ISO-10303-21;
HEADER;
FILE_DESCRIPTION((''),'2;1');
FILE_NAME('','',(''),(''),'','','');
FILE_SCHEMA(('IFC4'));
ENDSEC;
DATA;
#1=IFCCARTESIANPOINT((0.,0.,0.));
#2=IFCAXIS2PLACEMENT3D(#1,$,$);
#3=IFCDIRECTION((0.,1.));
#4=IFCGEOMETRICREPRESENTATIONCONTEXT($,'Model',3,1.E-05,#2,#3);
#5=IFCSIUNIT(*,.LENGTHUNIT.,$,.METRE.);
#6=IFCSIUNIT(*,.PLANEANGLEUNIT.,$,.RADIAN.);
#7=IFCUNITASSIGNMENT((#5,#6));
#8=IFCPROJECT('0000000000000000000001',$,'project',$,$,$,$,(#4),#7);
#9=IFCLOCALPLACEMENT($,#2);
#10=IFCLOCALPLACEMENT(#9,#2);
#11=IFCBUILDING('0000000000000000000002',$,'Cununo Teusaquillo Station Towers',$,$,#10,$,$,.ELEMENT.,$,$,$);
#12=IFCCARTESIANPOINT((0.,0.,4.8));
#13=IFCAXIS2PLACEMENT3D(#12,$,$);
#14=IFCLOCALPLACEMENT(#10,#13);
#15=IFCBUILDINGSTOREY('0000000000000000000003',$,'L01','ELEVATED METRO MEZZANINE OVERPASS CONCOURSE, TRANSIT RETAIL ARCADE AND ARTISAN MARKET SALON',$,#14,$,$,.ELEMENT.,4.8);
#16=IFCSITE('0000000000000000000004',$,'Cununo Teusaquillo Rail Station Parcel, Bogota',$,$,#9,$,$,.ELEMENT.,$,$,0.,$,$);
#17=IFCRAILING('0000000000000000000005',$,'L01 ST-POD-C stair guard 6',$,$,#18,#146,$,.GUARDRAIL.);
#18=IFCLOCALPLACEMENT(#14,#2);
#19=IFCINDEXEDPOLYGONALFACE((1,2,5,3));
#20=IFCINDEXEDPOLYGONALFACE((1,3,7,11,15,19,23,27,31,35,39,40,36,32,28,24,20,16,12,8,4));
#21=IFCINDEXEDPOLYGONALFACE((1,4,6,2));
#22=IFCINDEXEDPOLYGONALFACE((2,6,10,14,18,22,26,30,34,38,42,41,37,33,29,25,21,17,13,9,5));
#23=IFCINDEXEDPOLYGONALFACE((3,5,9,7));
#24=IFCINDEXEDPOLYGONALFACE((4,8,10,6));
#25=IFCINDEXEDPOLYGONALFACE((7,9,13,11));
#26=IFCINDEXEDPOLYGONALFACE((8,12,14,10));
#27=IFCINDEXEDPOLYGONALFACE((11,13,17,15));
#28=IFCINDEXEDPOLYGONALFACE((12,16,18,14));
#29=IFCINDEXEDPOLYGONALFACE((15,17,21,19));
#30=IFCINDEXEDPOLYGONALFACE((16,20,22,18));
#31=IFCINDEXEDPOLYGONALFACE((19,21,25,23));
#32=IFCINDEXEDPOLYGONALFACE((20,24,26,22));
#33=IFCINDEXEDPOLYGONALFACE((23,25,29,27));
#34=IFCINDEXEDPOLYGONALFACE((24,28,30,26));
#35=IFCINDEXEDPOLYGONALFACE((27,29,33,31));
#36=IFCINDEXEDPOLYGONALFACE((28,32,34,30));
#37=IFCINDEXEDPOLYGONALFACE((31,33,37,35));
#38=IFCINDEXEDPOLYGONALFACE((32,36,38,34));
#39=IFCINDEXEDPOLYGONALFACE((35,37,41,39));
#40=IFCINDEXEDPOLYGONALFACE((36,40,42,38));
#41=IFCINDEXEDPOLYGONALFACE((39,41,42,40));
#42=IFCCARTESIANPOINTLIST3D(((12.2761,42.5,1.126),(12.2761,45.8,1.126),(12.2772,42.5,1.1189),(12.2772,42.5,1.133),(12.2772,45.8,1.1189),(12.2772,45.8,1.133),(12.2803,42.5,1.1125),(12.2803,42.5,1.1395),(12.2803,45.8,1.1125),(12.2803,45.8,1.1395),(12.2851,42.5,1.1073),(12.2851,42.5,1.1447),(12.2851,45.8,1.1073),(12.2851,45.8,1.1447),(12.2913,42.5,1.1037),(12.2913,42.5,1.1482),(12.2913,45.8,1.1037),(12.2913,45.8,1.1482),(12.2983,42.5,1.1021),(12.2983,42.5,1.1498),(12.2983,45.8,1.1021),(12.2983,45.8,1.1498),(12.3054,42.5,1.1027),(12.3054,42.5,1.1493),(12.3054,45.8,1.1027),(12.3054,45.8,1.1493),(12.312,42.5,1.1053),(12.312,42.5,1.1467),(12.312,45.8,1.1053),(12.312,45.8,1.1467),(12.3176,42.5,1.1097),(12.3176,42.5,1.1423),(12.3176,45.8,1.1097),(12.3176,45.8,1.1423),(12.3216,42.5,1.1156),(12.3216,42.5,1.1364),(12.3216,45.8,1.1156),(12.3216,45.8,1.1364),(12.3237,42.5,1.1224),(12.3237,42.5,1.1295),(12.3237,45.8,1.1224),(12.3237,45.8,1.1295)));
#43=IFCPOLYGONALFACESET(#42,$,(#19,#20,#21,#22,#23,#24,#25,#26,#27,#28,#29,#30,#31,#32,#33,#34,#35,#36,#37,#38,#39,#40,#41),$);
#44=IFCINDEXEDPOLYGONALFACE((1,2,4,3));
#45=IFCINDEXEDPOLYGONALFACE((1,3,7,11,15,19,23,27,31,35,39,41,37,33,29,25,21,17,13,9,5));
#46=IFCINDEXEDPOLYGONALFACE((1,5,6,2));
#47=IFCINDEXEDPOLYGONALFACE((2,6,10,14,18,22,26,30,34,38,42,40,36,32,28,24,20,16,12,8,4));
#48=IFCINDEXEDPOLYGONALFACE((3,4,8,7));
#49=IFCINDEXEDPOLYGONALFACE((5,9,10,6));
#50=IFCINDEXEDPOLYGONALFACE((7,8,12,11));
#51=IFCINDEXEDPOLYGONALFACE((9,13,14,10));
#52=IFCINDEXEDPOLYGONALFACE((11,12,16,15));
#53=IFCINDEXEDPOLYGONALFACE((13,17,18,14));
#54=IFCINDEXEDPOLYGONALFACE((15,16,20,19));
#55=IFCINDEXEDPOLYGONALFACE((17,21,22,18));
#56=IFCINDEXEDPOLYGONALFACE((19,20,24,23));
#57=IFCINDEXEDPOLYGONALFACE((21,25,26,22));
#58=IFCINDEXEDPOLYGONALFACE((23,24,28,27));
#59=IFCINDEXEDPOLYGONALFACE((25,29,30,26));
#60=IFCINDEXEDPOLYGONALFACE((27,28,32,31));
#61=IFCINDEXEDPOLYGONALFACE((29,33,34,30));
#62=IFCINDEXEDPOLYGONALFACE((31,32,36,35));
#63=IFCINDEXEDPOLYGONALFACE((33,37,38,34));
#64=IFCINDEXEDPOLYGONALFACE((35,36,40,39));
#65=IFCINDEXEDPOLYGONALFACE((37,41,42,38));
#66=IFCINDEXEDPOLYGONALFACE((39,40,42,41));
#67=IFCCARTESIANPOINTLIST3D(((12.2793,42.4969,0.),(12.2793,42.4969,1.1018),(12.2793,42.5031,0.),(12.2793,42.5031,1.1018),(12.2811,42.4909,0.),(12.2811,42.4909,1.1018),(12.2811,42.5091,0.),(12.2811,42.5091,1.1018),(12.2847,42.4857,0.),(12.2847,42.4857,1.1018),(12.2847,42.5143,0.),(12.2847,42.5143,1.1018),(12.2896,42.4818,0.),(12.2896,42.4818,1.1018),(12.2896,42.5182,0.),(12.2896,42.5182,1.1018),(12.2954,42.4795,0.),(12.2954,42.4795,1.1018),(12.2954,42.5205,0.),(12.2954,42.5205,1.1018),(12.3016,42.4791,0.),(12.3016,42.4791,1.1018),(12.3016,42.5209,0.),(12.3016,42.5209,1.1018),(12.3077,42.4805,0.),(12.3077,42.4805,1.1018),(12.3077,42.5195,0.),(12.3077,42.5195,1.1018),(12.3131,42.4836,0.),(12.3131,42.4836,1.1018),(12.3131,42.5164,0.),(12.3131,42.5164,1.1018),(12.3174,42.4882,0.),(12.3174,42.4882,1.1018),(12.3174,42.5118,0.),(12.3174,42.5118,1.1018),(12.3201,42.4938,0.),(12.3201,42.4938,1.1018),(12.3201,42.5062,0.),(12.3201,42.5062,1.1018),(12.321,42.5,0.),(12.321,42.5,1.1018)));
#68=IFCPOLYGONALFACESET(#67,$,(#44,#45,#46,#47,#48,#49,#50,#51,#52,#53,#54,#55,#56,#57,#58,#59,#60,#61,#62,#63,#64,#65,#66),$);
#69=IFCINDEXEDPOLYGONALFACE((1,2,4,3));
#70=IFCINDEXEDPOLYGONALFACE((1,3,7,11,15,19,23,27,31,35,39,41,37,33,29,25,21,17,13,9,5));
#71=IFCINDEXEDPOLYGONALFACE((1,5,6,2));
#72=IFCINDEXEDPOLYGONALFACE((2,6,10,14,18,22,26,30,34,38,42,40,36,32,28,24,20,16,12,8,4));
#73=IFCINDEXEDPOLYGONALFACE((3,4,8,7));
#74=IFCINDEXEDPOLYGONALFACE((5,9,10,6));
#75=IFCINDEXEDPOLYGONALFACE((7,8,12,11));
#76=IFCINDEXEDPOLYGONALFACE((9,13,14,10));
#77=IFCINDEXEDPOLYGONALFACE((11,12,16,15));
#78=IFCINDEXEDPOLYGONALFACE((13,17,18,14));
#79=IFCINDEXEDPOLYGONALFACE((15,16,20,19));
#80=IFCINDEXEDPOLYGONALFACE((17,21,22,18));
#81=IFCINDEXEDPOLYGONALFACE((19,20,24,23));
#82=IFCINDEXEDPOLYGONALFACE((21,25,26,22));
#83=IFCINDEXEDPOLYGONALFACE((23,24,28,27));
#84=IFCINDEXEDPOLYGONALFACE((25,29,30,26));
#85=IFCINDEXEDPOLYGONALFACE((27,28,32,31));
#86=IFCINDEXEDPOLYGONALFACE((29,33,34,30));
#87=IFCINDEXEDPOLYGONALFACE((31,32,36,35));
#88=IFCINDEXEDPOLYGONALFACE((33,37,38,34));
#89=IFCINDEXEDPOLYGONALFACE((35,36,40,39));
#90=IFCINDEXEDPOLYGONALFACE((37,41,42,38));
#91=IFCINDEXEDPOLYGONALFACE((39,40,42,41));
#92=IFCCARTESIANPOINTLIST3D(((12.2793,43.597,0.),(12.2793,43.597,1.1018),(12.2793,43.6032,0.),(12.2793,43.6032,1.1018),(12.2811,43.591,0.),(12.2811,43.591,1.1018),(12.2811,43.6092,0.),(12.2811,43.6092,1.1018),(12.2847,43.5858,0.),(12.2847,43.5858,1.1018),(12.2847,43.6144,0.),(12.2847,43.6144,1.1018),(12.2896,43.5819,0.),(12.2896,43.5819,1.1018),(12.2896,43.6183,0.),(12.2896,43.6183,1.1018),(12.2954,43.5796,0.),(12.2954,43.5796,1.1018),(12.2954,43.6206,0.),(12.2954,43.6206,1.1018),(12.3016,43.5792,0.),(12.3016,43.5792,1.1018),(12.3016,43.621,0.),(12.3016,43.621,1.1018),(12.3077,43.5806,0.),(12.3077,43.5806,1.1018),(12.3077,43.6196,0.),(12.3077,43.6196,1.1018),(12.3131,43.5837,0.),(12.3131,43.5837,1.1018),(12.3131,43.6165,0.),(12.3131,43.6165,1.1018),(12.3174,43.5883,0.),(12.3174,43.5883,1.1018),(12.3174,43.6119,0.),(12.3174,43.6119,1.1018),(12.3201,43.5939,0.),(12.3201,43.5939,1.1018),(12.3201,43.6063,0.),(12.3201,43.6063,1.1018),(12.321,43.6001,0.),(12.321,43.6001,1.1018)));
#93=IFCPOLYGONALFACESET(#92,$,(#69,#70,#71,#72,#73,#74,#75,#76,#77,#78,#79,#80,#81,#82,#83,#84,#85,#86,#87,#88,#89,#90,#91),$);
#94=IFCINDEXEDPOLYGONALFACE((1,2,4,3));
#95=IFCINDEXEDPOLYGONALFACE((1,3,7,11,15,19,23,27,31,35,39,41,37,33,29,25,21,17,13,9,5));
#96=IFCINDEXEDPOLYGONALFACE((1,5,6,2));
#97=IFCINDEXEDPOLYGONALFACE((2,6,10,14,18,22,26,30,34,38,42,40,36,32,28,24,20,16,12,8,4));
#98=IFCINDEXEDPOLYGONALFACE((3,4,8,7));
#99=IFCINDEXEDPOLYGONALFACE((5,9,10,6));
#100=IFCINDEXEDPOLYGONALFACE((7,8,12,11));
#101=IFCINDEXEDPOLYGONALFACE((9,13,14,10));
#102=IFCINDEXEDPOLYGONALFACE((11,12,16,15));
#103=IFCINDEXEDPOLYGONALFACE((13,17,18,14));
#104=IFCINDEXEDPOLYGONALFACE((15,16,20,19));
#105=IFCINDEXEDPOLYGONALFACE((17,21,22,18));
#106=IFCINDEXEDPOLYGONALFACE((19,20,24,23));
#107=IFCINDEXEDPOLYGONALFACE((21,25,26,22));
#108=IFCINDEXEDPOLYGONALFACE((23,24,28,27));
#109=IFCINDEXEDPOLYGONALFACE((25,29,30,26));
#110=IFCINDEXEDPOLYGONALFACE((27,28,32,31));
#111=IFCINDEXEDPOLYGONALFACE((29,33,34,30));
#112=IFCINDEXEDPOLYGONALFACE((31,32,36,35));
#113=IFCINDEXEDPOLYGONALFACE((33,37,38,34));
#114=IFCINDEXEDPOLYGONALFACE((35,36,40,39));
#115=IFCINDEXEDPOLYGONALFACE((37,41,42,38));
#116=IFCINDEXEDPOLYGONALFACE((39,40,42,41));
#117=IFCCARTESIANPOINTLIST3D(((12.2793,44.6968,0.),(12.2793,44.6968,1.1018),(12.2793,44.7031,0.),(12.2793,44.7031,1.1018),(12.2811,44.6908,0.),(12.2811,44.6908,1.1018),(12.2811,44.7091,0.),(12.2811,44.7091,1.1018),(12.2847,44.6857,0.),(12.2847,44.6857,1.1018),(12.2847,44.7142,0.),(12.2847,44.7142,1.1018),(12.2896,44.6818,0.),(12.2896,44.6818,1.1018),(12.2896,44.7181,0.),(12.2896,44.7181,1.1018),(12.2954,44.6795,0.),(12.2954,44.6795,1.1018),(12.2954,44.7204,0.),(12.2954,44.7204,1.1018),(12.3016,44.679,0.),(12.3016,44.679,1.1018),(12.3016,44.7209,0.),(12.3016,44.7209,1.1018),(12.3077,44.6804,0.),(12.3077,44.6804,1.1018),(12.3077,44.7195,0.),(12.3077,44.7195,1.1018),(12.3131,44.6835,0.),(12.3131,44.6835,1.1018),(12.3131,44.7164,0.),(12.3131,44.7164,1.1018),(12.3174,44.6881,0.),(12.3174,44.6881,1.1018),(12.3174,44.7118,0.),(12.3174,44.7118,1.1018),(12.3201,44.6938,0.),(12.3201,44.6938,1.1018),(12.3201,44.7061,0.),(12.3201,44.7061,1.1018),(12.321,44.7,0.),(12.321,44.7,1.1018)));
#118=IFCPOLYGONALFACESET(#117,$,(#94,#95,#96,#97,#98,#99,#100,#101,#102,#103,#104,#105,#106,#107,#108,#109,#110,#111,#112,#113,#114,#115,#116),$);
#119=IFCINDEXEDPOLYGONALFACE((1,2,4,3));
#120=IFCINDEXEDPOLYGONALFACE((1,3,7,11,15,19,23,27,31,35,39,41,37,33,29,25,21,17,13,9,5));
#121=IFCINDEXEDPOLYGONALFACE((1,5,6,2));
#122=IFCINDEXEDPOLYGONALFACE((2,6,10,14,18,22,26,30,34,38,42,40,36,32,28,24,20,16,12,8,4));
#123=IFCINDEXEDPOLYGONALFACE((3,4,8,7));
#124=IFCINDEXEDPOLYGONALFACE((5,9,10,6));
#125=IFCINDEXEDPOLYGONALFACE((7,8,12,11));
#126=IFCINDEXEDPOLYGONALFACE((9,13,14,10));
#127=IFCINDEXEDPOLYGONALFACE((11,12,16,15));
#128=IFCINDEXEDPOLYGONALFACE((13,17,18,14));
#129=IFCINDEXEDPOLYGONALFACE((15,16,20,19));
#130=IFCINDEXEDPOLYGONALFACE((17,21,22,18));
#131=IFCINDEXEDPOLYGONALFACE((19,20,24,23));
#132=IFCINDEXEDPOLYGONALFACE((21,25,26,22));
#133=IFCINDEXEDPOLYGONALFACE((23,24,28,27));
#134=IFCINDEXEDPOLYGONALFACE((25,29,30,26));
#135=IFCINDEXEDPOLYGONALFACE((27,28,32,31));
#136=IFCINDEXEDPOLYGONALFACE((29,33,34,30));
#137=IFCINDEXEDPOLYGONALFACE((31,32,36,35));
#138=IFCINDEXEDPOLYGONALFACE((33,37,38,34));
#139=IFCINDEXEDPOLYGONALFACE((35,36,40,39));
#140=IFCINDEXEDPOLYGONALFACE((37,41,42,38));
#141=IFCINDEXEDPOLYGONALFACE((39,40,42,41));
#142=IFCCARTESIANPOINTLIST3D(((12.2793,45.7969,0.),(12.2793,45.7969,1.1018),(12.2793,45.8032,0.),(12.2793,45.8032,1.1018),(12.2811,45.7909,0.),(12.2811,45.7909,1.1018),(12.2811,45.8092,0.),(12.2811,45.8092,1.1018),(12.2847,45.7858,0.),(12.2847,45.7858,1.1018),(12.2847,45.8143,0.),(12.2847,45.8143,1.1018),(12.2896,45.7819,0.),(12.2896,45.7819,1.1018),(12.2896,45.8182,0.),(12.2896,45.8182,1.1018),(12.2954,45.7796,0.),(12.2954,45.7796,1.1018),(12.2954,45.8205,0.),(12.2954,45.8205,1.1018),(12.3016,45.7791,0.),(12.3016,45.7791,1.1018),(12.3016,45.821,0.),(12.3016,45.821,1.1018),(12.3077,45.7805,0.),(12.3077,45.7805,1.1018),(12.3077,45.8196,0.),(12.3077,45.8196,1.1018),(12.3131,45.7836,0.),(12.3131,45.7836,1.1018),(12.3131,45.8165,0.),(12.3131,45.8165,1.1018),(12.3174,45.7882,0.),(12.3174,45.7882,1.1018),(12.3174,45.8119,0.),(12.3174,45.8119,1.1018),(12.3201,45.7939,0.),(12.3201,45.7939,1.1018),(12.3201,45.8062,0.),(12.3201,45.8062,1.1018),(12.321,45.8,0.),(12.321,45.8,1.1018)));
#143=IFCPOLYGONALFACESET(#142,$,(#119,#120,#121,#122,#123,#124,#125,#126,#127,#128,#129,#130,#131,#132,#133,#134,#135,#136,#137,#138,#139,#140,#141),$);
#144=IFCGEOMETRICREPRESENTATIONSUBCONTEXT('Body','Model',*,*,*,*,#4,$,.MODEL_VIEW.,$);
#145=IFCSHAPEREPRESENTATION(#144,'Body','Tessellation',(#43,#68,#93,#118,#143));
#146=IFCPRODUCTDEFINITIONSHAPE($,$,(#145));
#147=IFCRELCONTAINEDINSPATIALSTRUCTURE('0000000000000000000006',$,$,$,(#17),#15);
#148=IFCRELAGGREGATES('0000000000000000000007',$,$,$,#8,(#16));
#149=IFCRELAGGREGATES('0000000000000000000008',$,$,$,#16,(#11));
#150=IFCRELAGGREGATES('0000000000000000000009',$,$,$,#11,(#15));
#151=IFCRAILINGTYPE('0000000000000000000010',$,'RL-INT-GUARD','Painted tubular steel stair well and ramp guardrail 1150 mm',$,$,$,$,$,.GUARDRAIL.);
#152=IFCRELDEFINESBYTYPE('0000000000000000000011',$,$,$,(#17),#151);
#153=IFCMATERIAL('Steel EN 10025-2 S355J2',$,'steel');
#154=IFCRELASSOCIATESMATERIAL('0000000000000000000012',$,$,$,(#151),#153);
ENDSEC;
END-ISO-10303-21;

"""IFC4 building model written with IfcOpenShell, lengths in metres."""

from ifc_helpers import new_model, si_unit, direction, frame, origin, origin_2d, place, context, subcontext, project, spatial, circle, extrude, material, type_object, element, save


model = new_model("IFC4")

# Units and contexts
model_context = context("Model", 3, precision=1e-05, world=origin(), true_north=direction((0.0, 1.0)))
body_context = subcontext(model_context, "Body", "Model", "MODEL_VIEW")
ifc_project = project(units=[si_unit("LENGTHUNIT", "METRE"), si_unit("PLANEANGLEUNIT", "RADIAN")], contexts=[model_context])

# Site, building, storey
site_placement = place(None, origin())
site = spatial("IfcSite", under=ifc_project, at=site_placement, Name="Cununo Teusaquillo Rail Station Parcel, Bogota", CompositionType="ELEMENT", RefElevation=0.0)
building_placement = place(site_placement, origin())
building = spatial("IfcBuilding", under=site, at=building_placement, Name="Cununo Teusaquillo Station Towers", CompositionType="ELEMENT")
storey_placement = place(building_placement, frame((0.0, 0.0, 4.8)))
storey = spatial("IfcBuildingStorey", under=building, at=storey_placement, Name="L01", Description="ELEVATED METRO MEZZANINE OVERPASS CONCOURSE, TRANSIT RETAIL ARCADE AND ARTISAN MARKET SALON", CompositionType="ELEMENT", Elevation=4.8)

# Railing
ifc_material_1 = material(Name="Steel EN 10025-2 S355J2", Category="steel")
railing_type = type_object("IfcRailingType", Name="RL-INT-GUARD", Description="Painted tubular steel stair well and ramp guardrail 1150 mm", PredefinedType="GUARDRAIL", material=ifc_material_1)
railing_1_placement = place(storey_placement, frame((12.3, 42.5, 0.0)))
element("IfcRailing", 1, at=railing_1_placement, inside=storey, type_object=railing_type, Name="L01 ST-POD-C stair guard 6", PredefinedType="GUARDRAIL", context=body_context, shape_type="SweptSolid", body=[
    extrude(circle(Radius=0.0239, at=origin_2d()), frame((0.0, 0.0, 1.126), z_axis=(0.0, 1.0, 0.0), x_axis=(-1.0, 0.0, 0.0)), (0.0, 0.0, 1.0), 3.3),
    extrude(circle(Radius=0.021, at=origin_2d()), origin(), (0.0, 0.0, 1.0), 1.1018),
    extrude(circle(Radius=0.021, at=origin_2d()), frame((0.0, 1.1001, 0.0)), (0.0, 0.0, 1.0), 1.1018),
    extrude(circle(Radius=0.021, at=origin_2d()), frame((0.0, 2.2, 0.0)), (0.0, 0.0, 1.0), 1.1018),
    extrude(circle(Radius=0.021, at=origin_2d()), frame((0.0, 3.3, 0.0)), (0.0, 0.0, 1.0), 1.1018),
])

save(model, "model.ifc")
